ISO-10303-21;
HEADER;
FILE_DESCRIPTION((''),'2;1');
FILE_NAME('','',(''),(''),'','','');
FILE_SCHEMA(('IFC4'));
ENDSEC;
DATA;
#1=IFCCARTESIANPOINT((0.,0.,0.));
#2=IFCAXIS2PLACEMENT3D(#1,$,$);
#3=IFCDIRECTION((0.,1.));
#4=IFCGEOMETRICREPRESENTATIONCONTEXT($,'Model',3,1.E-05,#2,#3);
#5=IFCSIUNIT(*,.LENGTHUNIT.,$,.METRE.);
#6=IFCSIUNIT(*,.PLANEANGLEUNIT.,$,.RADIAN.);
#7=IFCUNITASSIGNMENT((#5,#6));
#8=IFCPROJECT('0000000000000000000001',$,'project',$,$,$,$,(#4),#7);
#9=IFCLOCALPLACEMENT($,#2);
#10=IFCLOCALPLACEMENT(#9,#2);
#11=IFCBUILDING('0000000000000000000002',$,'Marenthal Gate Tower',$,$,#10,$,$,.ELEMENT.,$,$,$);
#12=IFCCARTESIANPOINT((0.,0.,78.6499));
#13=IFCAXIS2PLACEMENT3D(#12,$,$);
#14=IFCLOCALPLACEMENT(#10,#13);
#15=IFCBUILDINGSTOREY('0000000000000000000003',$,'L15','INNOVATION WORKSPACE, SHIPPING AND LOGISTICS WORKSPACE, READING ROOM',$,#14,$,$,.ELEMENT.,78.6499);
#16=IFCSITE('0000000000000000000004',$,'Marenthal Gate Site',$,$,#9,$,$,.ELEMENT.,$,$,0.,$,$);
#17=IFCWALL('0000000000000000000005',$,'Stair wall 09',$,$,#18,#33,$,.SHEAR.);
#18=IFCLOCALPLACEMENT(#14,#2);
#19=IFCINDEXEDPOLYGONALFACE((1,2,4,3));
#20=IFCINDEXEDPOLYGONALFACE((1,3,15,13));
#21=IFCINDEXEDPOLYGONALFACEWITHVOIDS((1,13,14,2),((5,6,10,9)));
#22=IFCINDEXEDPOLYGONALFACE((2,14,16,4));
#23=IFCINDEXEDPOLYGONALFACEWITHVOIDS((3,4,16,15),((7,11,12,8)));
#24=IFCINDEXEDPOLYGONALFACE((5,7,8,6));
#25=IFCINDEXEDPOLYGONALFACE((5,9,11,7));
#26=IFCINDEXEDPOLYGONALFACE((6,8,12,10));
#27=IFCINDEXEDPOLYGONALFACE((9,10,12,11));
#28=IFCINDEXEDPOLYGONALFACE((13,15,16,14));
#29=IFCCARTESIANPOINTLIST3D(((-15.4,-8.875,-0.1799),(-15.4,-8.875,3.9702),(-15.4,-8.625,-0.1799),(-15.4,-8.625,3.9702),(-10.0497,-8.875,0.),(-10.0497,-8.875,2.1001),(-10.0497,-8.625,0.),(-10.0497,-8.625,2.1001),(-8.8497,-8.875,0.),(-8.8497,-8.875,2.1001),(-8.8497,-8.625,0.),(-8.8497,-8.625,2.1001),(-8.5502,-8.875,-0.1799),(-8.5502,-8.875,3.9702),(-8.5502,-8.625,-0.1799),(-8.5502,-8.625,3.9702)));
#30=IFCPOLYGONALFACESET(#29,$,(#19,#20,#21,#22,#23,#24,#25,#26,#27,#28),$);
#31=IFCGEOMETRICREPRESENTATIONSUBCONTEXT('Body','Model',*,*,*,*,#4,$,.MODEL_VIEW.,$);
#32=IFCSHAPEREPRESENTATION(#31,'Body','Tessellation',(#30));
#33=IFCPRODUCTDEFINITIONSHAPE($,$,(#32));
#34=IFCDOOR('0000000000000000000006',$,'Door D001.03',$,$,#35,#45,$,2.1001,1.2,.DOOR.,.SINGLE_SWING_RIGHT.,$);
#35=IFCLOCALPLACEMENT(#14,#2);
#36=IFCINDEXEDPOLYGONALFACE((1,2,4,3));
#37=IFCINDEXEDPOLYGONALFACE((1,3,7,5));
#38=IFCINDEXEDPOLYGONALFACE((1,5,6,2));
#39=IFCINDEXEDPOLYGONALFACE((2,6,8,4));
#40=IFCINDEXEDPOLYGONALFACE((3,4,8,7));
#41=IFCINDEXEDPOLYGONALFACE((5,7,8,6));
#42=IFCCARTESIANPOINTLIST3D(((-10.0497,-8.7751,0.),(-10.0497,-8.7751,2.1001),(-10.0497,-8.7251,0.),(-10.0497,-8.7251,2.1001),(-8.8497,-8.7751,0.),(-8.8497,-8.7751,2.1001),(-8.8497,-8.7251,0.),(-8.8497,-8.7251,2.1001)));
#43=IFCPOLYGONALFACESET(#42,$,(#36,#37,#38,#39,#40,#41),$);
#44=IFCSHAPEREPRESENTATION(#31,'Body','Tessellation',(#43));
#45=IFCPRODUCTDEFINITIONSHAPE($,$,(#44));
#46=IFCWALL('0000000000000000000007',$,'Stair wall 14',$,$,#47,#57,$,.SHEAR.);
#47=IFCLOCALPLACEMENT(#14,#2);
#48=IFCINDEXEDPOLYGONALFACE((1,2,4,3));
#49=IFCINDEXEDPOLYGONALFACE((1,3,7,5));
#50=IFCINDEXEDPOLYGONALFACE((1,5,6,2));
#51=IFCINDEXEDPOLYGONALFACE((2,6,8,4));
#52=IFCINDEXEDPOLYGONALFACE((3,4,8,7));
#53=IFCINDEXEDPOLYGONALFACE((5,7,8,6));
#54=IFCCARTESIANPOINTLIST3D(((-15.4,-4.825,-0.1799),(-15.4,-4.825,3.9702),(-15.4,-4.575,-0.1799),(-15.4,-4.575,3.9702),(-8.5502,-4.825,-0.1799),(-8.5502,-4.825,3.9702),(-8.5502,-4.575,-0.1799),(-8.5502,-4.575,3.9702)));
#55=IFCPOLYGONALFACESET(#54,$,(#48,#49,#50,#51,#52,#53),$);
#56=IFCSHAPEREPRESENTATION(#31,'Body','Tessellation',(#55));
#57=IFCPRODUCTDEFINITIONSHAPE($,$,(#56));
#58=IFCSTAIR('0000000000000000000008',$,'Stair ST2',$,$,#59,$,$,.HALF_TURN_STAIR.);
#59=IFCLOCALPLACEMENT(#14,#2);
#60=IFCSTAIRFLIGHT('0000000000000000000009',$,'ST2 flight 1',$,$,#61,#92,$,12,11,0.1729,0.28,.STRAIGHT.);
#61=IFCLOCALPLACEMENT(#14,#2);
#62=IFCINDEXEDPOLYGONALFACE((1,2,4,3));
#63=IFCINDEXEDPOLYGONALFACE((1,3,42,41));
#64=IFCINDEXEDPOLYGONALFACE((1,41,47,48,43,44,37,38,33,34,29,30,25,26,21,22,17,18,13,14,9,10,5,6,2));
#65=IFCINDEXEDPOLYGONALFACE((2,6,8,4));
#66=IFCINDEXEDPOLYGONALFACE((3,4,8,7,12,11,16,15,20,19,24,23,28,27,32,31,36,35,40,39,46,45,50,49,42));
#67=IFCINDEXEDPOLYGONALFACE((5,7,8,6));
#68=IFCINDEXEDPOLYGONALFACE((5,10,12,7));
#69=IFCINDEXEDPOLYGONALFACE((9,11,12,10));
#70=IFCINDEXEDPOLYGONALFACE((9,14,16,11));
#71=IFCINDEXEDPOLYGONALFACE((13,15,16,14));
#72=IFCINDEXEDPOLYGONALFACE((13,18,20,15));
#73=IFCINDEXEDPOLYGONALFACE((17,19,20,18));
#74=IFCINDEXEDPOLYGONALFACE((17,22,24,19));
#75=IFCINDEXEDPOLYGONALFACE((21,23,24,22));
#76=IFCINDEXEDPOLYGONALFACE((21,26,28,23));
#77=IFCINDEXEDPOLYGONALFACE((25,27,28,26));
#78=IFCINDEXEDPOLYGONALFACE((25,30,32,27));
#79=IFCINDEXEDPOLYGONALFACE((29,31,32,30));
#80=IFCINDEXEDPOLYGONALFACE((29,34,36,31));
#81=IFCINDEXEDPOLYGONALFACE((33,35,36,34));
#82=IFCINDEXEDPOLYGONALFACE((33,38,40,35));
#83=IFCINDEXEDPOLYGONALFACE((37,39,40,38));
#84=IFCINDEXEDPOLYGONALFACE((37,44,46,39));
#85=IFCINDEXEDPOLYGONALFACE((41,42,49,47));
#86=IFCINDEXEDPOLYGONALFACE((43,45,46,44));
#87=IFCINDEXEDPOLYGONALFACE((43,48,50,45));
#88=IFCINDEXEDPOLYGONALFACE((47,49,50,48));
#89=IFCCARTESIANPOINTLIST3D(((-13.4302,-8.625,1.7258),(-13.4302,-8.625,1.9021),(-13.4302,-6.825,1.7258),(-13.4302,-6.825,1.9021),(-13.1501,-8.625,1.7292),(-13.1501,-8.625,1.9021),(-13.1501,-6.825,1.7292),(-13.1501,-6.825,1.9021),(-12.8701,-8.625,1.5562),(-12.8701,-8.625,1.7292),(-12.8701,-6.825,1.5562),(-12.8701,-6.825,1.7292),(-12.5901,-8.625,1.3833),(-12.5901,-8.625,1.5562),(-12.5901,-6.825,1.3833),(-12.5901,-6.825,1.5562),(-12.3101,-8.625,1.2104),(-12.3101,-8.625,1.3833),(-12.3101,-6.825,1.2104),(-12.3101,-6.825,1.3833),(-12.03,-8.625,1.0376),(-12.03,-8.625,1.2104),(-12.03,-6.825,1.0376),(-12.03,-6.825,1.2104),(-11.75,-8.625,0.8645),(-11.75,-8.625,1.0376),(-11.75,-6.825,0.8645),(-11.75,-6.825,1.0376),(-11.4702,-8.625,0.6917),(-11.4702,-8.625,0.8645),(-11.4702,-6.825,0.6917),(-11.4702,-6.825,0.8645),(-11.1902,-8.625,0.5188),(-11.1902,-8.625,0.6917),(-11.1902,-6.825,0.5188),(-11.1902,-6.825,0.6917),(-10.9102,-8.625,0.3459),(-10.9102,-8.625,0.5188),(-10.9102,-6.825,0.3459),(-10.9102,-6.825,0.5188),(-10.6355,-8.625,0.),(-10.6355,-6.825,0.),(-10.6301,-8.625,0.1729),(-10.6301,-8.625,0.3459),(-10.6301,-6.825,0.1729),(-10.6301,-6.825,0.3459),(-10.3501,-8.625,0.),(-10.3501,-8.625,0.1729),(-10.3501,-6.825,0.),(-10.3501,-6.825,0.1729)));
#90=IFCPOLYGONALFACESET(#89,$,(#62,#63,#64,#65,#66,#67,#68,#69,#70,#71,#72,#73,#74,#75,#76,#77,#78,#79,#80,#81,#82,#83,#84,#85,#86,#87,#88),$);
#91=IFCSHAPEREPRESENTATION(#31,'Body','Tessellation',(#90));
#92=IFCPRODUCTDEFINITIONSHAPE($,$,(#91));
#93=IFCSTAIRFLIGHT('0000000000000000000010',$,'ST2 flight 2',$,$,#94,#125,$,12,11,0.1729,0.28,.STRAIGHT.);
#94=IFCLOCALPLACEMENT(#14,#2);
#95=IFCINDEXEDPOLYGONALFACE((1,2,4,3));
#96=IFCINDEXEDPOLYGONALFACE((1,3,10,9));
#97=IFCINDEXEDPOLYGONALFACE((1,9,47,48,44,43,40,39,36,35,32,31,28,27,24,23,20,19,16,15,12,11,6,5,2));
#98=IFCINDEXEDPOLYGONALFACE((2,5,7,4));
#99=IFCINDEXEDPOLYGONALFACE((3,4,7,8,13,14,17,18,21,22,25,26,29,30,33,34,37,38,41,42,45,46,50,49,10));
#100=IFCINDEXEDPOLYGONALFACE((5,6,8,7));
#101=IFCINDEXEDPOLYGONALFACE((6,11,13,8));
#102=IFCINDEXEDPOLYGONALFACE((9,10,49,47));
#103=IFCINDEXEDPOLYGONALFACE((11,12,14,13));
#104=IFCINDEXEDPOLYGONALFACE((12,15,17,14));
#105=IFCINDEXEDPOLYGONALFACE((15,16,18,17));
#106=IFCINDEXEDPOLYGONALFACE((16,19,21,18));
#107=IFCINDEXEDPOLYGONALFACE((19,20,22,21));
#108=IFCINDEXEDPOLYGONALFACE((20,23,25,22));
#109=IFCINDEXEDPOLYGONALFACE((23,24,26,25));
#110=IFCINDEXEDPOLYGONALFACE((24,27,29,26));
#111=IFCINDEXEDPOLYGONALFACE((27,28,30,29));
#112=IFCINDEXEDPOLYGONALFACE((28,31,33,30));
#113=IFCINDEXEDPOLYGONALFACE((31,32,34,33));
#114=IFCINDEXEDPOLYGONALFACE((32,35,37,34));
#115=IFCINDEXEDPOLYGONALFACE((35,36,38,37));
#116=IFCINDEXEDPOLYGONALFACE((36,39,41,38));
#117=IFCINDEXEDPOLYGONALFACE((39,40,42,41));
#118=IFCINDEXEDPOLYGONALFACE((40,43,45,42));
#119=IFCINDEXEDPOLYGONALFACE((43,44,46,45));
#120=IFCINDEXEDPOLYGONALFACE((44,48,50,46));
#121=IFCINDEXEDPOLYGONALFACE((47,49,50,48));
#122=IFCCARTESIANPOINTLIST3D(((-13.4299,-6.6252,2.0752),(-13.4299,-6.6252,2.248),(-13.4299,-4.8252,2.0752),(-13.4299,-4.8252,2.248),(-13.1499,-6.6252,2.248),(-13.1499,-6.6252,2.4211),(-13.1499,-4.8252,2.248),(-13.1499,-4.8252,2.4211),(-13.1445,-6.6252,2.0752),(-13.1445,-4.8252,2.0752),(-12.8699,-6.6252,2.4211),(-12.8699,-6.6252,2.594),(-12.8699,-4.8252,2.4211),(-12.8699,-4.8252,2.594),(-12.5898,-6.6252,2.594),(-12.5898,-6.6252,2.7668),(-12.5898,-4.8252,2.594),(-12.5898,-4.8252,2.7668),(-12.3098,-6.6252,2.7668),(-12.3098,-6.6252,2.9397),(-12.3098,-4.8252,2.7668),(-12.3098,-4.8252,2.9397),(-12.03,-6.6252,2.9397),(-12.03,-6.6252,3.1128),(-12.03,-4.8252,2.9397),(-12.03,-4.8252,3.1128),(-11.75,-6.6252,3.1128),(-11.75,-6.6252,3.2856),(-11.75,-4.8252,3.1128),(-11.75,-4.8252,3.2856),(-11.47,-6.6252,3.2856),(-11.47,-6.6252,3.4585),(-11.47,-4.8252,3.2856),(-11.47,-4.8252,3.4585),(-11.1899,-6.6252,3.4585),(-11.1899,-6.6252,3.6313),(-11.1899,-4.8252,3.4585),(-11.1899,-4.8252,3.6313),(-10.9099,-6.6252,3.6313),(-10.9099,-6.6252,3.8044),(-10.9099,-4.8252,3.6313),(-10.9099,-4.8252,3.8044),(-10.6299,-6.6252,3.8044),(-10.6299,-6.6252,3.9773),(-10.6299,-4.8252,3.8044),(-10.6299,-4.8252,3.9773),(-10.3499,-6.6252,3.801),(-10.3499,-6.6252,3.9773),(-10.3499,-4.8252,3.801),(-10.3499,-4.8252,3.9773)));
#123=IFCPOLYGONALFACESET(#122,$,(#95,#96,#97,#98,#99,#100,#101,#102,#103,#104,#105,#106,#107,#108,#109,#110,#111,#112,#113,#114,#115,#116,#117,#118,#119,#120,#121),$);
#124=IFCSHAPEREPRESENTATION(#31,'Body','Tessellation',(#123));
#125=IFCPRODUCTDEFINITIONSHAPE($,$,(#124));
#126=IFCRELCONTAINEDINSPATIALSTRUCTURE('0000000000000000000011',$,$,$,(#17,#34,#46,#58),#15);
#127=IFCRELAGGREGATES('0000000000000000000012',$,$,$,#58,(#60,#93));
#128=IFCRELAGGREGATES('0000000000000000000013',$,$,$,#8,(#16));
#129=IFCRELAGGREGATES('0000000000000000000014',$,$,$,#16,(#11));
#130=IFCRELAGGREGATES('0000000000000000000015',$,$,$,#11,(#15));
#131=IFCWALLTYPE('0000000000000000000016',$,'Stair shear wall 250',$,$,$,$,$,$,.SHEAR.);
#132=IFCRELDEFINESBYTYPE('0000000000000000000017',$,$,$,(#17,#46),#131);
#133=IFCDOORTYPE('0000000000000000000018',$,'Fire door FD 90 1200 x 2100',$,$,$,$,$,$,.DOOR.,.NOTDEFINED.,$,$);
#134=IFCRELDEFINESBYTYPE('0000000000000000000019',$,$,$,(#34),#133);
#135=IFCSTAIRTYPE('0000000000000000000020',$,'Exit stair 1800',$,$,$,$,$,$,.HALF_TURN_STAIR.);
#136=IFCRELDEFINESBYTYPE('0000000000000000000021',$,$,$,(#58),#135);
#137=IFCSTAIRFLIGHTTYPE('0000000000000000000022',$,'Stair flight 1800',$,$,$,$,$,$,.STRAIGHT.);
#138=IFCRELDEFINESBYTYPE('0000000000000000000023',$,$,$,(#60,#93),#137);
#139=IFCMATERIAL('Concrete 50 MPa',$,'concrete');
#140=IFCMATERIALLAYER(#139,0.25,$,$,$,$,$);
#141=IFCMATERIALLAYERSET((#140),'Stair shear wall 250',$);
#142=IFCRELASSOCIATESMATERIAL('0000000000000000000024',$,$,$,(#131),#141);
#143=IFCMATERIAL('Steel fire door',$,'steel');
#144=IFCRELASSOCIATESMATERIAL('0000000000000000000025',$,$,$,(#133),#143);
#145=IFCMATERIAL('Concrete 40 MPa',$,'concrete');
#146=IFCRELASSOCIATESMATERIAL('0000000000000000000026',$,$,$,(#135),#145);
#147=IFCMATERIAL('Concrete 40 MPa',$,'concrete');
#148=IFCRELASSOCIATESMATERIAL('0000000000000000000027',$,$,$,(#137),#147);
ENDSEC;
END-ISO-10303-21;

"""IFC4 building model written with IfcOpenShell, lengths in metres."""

from ifc_helpers import new_model, si_unit, direction, frame, frame_2d, origin, place, context, subcontext, project, spatial, polyline, rectangle, outline, extrude, material, layer, layer_set, type_object, element, fill, aggregate, save


model = new_model("IFC4")

# Units and contexts
model_context = context("Model", 3, precision=1e-05, world=origin(), true_north=direction((0.0, 1.0)))
body_context = subcontext(model_context, "Body", "Model", "MODEL_VIEW")
ifc_project = project(units=[si_unit("LENGTHUNIT", "METRE"), si_unit("PLANEANGLEUNIT", "RADIAN")], contexts=[model_context])

# Site, building, storey
site_placement = place(None, origin())
site = spatial("IfcSite", under=ifc_project, at=site_placement, Name="Marenthal Gate Site", CompositionType="ELEMENT", RefElevation=0.0)
building_placement = place(site_placement, origin())
building = spatial("IfcBuilding", under=site, at=building_placement, Name="Marenthal Gate Tower", CompositionType="ELEMENT")
storey_placement = place(building_placement, frame((0.0, 0.0, 78.6499)))
storey = spatial("IfcBuildingStorey", under=building, at=storey_placement, Name="L15", Description="INNOVATION WORKSPACE, SHIPPING AND LOGISTICS WORKSPACE, READING ROOM", CompositionType="ELEMENT", Elevation=78.6499)

# Wall, opening, door
ifc_material_1 = material(Name="Concrete 50 MPa", Category="concrete")
ifc_layer_1 = layer(ifc_material_1, 0.25)
ifc_layer_set_1 = layer_set([ifc_layer_1], Name="Stair shear wall 250")
wall_type_1 = type_object("IfcWallType", Name="Stair shear wall 250", PredefinedType="SHEAR", material=ifc_layer_set_1)
wall_1_placement = place(storey_placement, frame((-15.3999, -8.75, -0.1799), z_axis=(0.0, 0.0, 1.0), x_axis=(1.0, 0.0, 0.0)))
wall_1 = element("IfcWall", 1, at=wall_1_placement, inside=storey, type_object=wall_type_1, Name="Stair wall 09", PredefinedType="SHEAR", context=body_context, shape_type="SweptSolid", body=[
    extrude(rectangle(XDim=6.8499, YDim=0.25, at=frame_2d((3.4248, 0.0))), origin(), (0.0, 0.0, 1.0), 4.1501),
])
opening_1_placement = place(wall_1_placement, frame((5.3501, 0.0, 0.1799)))
opening_1 = element("IfcOpeningElement", 2, at=opening_1_placement, cuts=wall_1, PredefinedType="OPENING", context=body_context, shape_type="SweptSolid", body=[
    extrude(rectangle(XDim=1.2, YDim=2.1001, at=frame_2d((0.6001, 1.05))), frame((0.0, 0.135, 0.0), z_axis=(0.0, -1.0, 0.0), x_axis=(1.0, 0.0, 0.0)), (0.0, 0.0, 1.0), 0.27),
])
ifc_material_2 = material(Name="Steel fire door", Category="steel")
door_type_1 = type_object("IfcDoorType", Name="Fire door FD 90 1200 x 2100", OperationType="NOTDEFINED", PredefinedType="DOOR", material=ifc_material_2)
door_1_placement = place(opening_1_placement, origin())
door_1 = element("IfcDoor", 3, at=door_1_placement, inside=storey, type_object=door_type_1, Name="Door D001.03", OperationType="SINGLE_SWING_RIGHT", OverallHeight=2.1001, OverallWidth=1.2, PredefinedType="DOOR", context=body_context, shape_type="SweptSolid", body=[
    extrude(rectangle(XDim=1.2, YDim=2.1001, at=frame_2d((0.6001, 1.05))), frame((0.0, 0.0249, 0.0), z_axis=(0.0, -1.0, 0.0), x_axis=(1.0, 0.0, 0.0)), (0.0, 0.0, 1.0), 0.05),
])
fill(opening_1, door_1)

# Wall
wall_2_placement = place(storey_placement, frame((-15.3999, -4.7, -0.1799), z_axis=(0.0, 0.0, 1.0), x_axis=(1.0, 0.0, 0.0)))
element("IfcWall", 4, at=wall_2_placement, inside=storey, type_object=wall_type_1, Name="Stair wall 14", PredefinedType="SHEAR", context=body_context, shape_type="SweptSolid", body=[
    extrude(rectangle(XDim=6.8499, YDim=0.25, at=frame_2d((3.4248, 0.0))), origin(), (0.0, 0.0, 1.0), 4.1501),
])

# Stair, stair flights
ifc_material_3 = material(Name="Concrete 40 MPa", Category="concrete")
stair_type = type_object("IfcStairType", Name="Exit stair 1800", PredefinedType="HALF_TURN_STAIR", material=ifc_material_3)
stair_placement = place(storey_placement, origin())
stair = element("IfcStair", 5, at=stair_placement, inside=storey, type_object=stair_type, Name="Stair ST2", PredefinedType="HALF_TURN_STAIR")
ifc_material_4 = material(Name="Concrete 40 MPa", Category="concrete")
stair_flight_type = type_object("IfcStairFlightType", Name="Stair flight 1800", PredefinedType="STRAIGHT", material=ifc_material_4)
stair_flight_1_placement = place(storey_placement, frame((-10.3501, -7.7251, 0.0), z_axis=(0.0, 0.0, 1.0), x_axis=(-1.0, 0.0, 0.0)))
stair_flight_1 = element("IfcStairFlight", 6, at=stair_flight_1_placement, type_object=stair_flight_type, Name="ST2 flight 1", NumberOfRisers=12, NumberOfTreads=11, PredefinedType="STRAIGHT", RiserHeight=0.1729, TreadLength=0.28, context=body_context, shape_type="SweptSolid", body=[
    extrude(outline(polyline([(0.0, 0.0), (0.0, 0.1729), (0.28, 0.1729), (0.28, 0.3459), (0.5601, 0.3459), (0.5601, 0.5188), (0.8401, 0.5188), (0.8401, 0.6917), (1.1201, 0.6917), (1.1201, 0.8645), (1.3999, 0.8645), (1.3999, 1.0376), (1.6799, 1.0376), (1.6799, 1.2104), (1.96, 1.2104), (1.96, 1.3833), (2.24, 1.3833), (2.24, 1.5562), (2.52, 1.5562), (2.52, 1.7292), (2.8, 1.7292), (2.8, 1.9021), (3.0801, 1.9021), (3.0801, 2.075), (3.0801, 1.7258), (0.2854, 0.0), (0.0, 0.0)])), frame((0.0, 0.8999, 0.0), z_axis=(0.0, -1.0, 0.0), x_axis=(1.0, 0.0, 0.0)), (0.0, 0.0, 1.0), 1.8),
])
stair_flight_2_placement = place(storey_placement, frame((-13.4299, -5.7251, 2.0752), z_axis=(0.0, 0.0, 1.0), x_axis=(1.0, 0.0, 0.0)))
stair_flight_2 = element("IfcStairFlight", 7, at=stair_flight_2_placement, type_object=stair_flight_type, Name="ST2 flight 2", NumberOfRisers=12, NumberOfTreads=11, PredefinedType="STRAIGHT", RiserHeight=0.1729, TreadLength=0.28, context=body_context, shape_type="SweptSolid", body=[
    extrude(outline(polyline([(0.0, 0.0), (0.0, 0.1729), (0.28, 0.1729), (0.28, 0.3459), (0.5601, 0.3459), (0.5601, 0.5188), (0.8401, 0.5188), (0.8401, 0.6917), (1.1201, 0.6917), (1.1201, 0.8645), (1.3999, 0.8645), (1.3999, 1.0376), (1.6799, 1.0376), (1.6799, 1.2104), (1.96, 1.2104), (1.96, 1.3833), (2.24, 1.3833), (2.24, 1.5562), (2.52, 1.5562), (2.52, 1.7292), (2.8, 1.7292), (2.8, 1.9021), (3.0801, 1.9021), (3.0801, 2.075), (3.0801, 1.7258), (0.2854, 0.0), (0.0, 0.0)])), frame((0.0, 0.8999, 0.0), z_axis=(0.0, -1.0, 0.0), x_axis=(1.0, 0.0, 0.0)), (0.0, 0.0, 1.0), 1.8),
])
aggregate(stair, [stair_flight_1, stair_flight_2])

save(model, "model.ifc")
